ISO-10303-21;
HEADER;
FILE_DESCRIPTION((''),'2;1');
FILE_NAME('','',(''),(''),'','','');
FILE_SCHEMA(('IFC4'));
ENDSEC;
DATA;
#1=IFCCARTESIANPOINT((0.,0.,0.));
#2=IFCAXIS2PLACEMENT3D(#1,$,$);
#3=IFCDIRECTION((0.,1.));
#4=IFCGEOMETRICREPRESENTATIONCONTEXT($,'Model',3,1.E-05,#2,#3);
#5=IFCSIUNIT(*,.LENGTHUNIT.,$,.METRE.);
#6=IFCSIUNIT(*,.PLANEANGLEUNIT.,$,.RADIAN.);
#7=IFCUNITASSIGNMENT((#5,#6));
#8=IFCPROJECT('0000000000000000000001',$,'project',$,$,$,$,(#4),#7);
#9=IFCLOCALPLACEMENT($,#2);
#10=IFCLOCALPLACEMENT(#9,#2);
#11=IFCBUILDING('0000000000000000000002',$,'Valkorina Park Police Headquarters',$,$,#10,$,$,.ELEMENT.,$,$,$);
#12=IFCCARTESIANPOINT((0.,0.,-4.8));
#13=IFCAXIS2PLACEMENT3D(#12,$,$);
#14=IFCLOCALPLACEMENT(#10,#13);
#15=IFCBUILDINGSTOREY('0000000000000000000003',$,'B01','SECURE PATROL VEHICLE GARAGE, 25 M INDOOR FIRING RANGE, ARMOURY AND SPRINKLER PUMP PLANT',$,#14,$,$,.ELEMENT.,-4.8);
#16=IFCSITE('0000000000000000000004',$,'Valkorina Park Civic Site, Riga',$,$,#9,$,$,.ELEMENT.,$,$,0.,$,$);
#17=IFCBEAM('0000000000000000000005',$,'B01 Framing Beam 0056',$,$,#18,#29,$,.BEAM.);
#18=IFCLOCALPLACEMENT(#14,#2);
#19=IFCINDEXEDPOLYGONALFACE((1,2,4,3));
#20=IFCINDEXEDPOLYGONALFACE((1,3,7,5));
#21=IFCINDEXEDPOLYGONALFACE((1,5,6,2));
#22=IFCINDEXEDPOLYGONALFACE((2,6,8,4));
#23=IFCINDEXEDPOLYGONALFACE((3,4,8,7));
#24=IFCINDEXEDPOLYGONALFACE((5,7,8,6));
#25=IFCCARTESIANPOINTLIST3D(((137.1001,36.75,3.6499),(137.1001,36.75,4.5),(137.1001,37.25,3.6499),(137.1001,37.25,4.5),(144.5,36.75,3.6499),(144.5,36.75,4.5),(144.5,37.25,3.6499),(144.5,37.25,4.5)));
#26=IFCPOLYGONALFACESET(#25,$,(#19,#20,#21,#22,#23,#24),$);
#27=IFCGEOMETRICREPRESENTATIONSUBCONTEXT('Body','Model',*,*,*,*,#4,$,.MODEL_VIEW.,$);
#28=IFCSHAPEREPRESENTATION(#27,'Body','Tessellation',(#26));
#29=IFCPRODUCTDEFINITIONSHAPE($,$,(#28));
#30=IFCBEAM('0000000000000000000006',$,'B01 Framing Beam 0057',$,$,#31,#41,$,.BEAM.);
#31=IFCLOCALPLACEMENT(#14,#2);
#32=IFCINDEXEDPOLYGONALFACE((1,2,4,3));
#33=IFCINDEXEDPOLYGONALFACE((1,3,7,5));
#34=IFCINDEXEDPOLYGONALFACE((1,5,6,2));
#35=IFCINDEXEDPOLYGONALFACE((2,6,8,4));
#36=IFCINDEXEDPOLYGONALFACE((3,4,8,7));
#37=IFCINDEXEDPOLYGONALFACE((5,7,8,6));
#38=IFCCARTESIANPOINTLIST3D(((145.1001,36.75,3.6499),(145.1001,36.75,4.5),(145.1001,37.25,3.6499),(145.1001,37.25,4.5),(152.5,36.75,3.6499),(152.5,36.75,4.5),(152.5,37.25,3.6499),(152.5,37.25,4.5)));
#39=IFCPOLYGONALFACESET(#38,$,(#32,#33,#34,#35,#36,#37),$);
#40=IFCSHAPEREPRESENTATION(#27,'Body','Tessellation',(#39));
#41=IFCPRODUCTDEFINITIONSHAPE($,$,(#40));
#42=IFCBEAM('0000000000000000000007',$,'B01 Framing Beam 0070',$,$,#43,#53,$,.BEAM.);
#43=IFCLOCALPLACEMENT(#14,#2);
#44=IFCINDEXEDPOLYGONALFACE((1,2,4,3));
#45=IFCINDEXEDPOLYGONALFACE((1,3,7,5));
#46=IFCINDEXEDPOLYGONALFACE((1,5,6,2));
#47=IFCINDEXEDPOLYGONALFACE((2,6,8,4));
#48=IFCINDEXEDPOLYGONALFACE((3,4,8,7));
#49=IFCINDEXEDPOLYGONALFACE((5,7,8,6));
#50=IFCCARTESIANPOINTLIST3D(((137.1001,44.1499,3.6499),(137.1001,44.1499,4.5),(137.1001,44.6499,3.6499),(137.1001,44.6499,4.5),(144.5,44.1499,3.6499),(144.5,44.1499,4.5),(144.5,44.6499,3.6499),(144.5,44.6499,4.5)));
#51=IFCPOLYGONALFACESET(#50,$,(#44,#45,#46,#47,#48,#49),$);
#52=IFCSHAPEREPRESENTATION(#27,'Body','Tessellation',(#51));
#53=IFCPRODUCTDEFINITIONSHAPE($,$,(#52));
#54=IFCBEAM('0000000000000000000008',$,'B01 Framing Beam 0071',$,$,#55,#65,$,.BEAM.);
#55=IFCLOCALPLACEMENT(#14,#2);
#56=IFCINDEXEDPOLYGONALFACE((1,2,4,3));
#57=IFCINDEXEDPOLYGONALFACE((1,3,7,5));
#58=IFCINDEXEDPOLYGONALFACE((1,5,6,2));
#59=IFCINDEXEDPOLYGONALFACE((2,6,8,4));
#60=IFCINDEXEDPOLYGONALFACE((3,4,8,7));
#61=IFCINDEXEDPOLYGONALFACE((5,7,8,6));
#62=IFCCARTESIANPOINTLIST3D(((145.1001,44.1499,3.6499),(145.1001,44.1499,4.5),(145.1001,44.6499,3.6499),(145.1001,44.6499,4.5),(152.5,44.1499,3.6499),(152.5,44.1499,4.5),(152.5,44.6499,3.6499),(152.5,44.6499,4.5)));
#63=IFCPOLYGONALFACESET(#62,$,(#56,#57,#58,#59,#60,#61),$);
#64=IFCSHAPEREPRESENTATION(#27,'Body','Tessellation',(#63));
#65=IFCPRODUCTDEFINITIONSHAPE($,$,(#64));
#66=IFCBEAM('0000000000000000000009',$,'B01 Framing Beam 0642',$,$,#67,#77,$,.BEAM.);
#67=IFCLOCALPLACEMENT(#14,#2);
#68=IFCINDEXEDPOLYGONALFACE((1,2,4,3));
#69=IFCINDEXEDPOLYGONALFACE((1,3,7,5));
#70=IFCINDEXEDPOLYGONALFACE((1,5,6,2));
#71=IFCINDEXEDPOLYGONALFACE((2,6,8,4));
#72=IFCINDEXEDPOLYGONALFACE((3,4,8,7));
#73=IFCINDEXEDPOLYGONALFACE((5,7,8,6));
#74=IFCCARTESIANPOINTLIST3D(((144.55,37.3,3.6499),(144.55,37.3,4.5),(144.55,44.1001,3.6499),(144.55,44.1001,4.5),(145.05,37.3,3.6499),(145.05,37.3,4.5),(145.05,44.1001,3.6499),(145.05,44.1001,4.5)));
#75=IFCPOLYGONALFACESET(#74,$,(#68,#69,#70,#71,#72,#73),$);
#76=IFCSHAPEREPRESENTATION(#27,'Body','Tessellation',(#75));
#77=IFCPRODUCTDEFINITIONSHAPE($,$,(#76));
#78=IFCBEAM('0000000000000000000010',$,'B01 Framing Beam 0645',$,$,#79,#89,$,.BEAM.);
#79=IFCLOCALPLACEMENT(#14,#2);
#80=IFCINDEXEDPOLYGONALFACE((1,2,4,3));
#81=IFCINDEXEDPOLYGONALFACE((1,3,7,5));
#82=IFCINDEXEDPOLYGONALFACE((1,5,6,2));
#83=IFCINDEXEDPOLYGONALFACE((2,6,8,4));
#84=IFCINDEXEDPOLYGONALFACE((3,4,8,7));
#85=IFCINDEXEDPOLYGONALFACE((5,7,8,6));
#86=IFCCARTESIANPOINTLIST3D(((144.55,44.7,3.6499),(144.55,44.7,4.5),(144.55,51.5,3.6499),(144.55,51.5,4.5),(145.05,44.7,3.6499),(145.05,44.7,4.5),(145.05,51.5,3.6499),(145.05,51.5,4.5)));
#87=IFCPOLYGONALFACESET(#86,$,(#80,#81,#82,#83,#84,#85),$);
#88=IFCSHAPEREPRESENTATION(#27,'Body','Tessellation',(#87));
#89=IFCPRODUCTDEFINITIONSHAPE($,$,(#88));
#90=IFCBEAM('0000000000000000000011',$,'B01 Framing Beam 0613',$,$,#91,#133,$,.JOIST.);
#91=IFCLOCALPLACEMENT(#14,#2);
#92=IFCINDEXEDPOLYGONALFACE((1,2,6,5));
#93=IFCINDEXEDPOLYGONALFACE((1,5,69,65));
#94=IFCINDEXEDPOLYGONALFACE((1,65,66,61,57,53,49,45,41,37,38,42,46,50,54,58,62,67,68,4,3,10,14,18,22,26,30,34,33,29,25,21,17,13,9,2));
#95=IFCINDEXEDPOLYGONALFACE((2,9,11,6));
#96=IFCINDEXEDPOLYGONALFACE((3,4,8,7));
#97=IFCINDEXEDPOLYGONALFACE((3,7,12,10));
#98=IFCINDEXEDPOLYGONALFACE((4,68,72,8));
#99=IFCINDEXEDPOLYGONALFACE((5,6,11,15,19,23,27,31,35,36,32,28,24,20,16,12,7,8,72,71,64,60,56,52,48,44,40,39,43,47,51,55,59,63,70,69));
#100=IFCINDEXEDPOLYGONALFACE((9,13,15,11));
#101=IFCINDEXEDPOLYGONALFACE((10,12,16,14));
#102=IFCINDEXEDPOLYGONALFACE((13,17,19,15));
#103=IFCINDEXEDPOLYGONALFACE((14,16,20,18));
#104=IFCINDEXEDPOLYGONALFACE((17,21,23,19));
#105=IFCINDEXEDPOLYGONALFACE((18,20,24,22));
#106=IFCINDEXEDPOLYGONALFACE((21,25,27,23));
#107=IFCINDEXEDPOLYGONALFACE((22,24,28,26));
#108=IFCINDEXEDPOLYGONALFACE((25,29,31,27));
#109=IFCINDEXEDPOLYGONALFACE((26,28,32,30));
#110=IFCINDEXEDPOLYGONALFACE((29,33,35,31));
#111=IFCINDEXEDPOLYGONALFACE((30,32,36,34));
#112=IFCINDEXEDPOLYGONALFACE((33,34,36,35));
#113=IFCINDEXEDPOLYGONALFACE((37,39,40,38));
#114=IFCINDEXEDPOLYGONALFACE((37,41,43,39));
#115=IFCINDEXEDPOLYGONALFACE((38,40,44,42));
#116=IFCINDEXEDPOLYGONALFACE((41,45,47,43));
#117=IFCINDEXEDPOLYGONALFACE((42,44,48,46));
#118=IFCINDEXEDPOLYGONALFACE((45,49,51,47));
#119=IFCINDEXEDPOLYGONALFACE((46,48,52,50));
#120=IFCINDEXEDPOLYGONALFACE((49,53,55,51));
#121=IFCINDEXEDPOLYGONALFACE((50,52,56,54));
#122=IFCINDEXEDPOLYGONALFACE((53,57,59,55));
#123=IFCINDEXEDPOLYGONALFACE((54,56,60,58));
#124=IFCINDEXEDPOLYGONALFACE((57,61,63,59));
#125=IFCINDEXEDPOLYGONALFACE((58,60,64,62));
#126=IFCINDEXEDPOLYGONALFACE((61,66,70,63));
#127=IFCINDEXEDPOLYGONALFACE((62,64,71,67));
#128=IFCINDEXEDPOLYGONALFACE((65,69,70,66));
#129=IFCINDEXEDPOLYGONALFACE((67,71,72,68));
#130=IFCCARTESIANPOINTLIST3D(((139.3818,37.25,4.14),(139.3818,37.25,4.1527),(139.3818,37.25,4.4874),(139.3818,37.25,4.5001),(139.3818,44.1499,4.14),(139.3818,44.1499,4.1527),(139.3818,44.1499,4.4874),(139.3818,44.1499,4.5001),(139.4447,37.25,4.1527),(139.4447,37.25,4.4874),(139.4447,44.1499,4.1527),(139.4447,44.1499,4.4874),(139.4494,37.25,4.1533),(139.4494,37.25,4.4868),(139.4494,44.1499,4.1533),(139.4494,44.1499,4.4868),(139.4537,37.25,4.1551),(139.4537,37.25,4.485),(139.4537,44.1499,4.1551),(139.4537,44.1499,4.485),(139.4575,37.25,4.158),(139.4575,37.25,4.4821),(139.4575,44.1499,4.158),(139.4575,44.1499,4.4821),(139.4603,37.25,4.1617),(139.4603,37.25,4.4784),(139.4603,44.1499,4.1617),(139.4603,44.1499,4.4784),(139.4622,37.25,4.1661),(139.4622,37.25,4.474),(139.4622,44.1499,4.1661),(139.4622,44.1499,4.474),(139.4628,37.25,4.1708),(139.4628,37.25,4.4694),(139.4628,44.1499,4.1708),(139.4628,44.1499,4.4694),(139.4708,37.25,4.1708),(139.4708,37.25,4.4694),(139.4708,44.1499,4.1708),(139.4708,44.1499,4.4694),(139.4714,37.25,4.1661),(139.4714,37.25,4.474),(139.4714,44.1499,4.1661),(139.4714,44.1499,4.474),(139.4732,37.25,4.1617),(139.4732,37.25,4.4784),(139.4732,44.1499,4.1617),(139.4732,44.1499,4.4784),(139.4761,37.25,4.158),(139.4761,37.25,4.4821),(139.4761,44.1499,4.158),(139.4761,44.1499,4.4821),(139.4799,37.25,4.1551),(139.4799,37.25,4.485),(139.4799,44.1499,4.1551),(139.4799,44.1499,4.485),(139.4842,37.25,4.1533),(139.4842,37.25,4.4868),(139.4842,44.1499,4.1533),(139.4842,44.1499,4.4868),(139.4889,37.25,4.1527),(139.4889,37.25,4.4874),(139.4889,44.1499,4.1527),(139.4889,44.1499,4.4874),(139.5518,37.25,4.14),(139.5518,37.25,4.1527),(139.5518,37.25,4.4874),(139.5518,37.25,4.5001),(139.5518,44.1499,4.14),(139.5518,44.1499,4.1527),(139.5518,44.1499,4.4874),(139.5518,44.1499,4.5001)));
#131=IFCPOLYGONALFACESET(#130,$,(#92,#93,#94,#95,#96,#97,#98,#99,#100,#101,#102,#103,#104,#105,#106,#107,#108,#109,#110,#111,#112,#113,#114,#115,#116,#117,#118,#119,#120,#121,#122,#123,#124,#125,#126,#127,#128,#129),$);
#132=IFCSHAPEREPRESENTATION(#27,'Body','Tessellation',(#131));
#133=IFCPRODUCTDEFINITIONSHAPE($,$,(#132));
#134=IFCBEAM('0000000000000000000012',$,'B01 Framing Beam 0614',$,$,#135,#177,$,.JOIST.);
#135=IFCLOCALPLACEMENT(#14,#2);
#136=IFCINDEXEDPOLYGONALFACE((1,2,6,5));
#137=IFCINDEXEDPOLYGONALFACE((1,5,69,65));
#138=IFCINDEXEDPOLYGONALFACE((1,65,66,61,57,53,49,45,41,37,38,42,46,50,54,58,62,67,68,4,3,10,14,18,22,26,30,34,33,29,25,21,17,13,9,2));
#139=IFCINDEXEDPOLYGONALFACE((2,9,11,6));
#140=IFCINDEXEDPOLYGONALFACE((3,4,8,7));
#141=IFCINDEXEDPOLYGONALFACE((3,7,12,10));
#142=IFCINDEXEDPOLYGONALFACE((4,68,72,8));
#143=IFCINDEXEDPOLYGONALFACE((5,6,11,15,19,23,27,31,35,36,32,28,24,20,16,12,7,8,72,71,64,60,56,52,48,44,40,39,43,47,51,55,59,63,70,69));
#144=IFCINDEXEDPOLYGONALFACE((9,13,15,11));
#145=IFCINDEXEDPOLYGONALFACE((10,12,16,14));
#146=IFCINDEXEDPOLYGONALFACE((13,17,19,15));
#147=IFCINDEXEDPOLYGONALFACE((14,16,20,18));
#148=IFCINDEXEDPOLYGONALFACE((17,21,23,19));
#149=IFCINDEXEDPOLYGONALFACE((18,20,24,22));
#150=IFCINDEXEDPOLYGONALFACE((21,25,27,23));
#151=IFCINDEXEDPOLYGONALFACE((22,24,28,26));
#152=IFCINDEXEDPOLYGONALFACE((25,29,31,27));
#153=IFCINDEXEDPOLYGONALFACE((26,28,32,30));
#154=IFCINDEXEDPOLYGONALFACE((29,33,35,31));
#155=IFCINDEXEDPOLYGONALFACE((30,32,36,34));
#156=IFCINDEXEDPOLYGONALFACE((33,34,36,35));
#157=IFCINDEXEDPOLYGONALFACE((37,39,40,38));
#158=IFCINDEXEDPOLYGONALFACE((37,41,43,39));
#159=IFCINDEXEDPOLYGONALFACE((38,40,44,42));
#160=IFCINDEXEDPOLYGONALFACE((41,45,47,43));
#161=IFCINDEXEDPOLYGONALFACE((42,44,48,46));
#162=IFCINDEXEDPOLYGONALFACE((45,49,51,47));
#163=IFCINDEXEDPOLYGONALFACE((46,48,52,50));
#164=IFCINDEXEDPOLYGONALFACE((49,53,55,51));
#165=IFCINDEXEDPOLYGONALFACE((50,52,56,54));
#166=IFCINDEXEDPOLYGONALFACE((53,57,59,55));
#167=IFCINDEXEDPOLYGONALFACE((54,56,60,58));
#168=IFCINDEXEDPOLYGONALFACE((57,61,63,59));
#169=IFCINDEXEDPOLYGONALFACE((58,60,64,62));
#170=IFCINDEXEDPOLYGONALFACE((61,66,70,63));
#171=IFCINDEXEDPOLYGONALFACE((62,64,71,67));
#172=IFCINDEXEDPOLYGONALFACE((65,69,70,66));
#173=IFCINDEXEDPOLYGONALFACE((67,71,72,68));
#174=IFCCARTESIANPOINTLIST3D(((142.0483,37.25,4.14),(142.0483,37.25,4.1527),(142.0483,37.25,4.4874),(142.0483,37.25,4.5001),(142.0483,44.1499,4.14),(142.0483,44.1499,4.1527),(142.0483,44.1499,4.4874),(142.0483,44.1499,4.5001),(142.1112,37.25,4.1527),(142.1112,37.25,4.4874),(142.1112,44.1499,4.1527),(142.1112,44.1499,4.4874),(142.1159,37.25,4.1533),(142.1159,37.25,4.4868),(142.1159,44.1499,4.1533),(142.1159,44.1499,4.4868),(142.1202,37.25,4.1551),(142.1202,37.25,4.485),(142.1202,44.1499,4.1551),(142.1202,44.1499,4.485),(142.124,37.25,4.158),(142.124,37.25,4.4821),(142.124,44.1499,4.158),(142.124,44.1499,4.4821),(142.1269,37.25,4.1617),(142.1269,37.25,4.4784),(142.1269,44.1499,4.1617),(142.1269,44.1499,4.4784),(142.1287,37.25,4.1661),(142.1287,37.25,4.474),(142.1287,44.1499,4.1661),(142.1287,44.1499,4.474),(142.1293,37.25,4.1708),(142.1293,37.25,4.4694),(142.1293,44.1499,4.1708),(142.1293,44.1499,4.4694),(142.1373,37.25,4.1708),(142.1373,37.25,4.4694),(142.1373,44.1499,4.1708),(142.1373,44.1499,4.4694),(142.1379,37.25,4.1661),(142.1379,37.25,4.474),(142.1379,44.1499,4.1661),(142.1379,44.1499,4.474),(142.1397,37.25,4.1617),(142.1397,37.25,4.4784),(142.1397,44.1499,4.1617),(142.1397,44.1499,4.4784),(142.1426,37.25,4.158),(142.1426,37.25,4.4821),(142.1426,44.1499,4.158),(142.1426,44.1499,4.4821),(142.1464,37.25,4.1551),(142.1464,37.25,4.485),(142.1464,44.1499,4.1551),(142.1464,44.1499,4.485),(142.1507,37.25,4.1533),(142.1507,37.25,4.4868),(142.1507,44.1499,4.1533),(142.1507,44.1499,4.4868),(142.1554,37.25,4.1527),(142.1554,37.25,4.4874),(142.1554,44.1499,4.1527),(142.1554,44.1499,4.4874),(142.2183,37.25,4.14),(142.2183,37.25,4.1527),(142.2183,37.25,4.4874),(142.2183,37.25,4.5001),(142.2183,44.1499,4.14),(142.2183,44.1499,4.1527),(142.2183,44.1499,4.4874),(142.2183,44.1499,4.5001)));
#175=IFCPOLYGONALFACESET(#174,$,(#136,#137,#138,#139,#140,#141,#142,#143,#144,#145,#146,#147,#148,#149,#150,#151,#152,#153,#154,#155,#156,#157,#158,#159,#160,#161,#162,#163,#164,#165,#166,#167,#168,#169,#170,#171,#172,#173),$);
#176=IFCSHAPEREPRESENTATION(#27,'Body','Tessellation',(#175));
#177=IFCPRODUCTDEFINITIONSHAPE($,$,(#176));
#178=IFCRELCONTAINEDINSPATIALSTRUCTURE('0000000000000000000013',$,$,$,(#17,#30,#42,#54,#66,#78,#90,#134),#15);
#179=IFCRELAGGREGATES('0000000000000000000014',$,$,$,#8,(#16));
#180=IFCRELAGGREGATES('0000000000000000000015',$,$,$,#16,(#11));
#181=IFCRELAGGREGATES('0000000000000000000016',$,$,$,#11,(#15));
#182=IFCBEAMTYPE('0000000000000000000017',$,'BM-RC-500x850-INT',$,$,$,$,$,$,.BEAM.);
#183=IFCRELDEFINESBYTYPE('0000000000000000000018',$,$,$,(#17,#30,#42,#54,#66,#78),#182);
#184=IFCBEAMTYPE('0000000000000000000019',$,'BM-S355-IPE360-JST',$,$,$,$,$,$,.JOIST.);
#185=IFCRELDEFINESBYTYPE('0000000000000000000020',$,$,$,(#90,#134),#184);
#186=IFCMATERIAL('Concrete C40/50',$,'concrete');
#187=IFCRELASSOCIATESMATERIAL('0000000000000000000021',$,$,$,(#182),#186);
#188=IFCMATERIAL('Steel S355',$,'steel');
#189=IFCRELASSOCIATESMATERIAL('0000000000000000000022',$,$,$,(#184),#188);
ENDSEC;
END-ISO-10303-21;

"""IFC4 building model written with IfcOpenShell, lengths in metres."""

from ifc_helpers import new_model, si_unit, direction, frame, origin, origin_2d, place, context, subcontext, project, spatial, rectangle, i_section, extrude, material, material_profile, profile_set, type_object, element, save


model = new_model("IFC4")

# Units and contexts
model_context = context("Model", 3, precision=1e-05, world=origin(), true_north=direction((0.0, 1.0)))
body_context = subcontext(model_context, "Body", "Model", "MODEL_VIEW")
ifc_project = project(units=[si_unit("LENGTHUNIT", "METRE"), si_unit("PLANEANGLEUNIT", "RADIAN")], contexts=[model_context])

# Site, building, storey
site_placement = place(None, origin())
site = spatial("IfcSite", under=ifc_project, at=site_placement, Name="Valkorina Park Civic Site, Riga", CompositionType="ELEMENT", RefElevation=0.0)
building_placement = place(site_placement, origin())
building = spatial("IfcBuilding", under=site, at=building_placement, Name="Valkorina Park Police Headquarters", CompositionType="ELEMENT")
storey_placement = place(building_placement, frame((0.0, 0.0, -4.8)))
storey = spatial("IfcBuildingStorey", under=building, at=storey_placement, Name="B01", Description="SECURE PATROL VEHICLE GARAGE, 25 M INDOOR FIRING RANGE, ARMOURY AND SPRINKLER PUMP PLANT", CompositionType="ELEMENT", Elevation=-4.8)

# Shared definitions
ifc_material_1 = material(Name="Concrete C40/50", Category="concrete")

# Beams
ifc_material_profile_1 = material_profile(ifc_material_1, rectangle(XDim=0.5, YDim=0.8501, at=origin_2d()), Name="RC BEAM 500x850")
ifc_profile_set_1 = profile_set([ifc_material_profile_1], Name="Concrete C40/50")
beam_type_1 = type_object("IfcBeamType", Name="BM-RC-500x850-INT", PredefinedType="BEAM", material=ifc_profile_set_1)
for number, where, z_axis, x_axis, name in (
    (1, (137.1001, 37.0, 4.075), (1.0, 0.0, 0.0), (0.0, 1.0, 0.0), "B01 Framing Beam 0056"),
    (2, (145.1001, 37.0, 4.075), (1.0, 0.0, 0.0), (0.0, 1.0, 0.0), "B01 Framing Beam 0057"),
    (3, (137.1001, 44.3999, 4.075), (1.0, 0.0, 0.0), (0.0, 1.0, 0.0), "B01 Framing Beam 0070"),
    (4, (145.1001, 44.3999, 4.075), (1.0, 0.0, 0.0), (0.0, 1.0, 0.0), "B01 Framing Beam 0071"),
):
    element("IfcBeam", number, at=place(storey_placement, frame(where, z_axis=z_axis, x_axis=x_axis)), inside=storey, type_object=beam_type_1, Name=name, PredefinedType="BEAM", context=body_context, shape_type="SweptSolid", body=[
        extrude(rectangle(XDim=0.5, YDim=0.8501, at=origin_2d()), origin(), (0.0, 0.0, 1.0), 7.3999),
    ])
for number, where, z_axis, x_axis, name in (
    (5, (144.8, 37.3, 4.075), (0.0, 1.0, 0.0), (-1.0, 0.0, 0.0), "B01 Framing Beam 0642"),
    (6, (144.8, 44.7, 4.075), (0.0, 1.0, 0.0), (-1.0, 0.0, 0.0), "B01 Framing Beam 0645"),
):
    element("IfcBeam", number, at=place(storey_placement, frame(where, z_axis=z_axis, x_axis=x_axis)), inside=storey, type_object=beam_type_1, Name=name, PredefinedType="BEAM", context=body_context, shape_type="SweptSolid", body=[
        extrude(rectangle(XDim=0.5, YDim=0.8501, at=origin_2d()), origin(), (0.0, 0.0, 1.0), 6.8),
    ])
ifc_material_2 = material(Name="Steel S355", Category="steel")
ifc_material_profile_2 = material_profile(ifc_material_2, i_section(OverallWidth=0.1699, OverallDepth=0.3601, WebThickness=0.0081, FlangeThickness=0.0127, FilletRadius=0.0181, at=origin_2d()), Name="IPE 360")
ifc_profile_set_2 = profile_set([ifc_material_profile_2], Name="Steel S355")
beam_type_2 = type_object("IfcBeamType", Name="BM-S355-IPE360-JST", PredefinedType="JOIST", material=ifc_profile_set_2)
for number, where, z_axis, x_axis, name in (
    (7, (139.4668, 37.25, 4.3201), (0.0, 1.0, 0.0), (-1.0, 0.0, 0.0), "B01 Framing Beam 0613"),
    (8, (142.1333, 37.25, 4.3201), (0.0, 1.0, 0.0), (-1.0, 0.0, 0.0), "B01 Framing Beam 0614"),
):
    element("IfcBeam", number, at=place(storey_placement, frame(where, z_axis=z_axis, x_axis=x_axis)), inside=storey, type_object=beam_type_2, Name=name, PredefinedType="JOIST", context=body_context, shape_type="SweptSolid", body=[
        extrude(i_section(OverallWidth=0.1699, OverallDepth=0.3601, WebThickness=0.0081, FlangeThickness=0.0127, FilletRadius=0.0181, at=origin_2d()), origin(), (0.0, 0.0, 1.0), 6.8999),
    ])

save(model, "model.ifc")
